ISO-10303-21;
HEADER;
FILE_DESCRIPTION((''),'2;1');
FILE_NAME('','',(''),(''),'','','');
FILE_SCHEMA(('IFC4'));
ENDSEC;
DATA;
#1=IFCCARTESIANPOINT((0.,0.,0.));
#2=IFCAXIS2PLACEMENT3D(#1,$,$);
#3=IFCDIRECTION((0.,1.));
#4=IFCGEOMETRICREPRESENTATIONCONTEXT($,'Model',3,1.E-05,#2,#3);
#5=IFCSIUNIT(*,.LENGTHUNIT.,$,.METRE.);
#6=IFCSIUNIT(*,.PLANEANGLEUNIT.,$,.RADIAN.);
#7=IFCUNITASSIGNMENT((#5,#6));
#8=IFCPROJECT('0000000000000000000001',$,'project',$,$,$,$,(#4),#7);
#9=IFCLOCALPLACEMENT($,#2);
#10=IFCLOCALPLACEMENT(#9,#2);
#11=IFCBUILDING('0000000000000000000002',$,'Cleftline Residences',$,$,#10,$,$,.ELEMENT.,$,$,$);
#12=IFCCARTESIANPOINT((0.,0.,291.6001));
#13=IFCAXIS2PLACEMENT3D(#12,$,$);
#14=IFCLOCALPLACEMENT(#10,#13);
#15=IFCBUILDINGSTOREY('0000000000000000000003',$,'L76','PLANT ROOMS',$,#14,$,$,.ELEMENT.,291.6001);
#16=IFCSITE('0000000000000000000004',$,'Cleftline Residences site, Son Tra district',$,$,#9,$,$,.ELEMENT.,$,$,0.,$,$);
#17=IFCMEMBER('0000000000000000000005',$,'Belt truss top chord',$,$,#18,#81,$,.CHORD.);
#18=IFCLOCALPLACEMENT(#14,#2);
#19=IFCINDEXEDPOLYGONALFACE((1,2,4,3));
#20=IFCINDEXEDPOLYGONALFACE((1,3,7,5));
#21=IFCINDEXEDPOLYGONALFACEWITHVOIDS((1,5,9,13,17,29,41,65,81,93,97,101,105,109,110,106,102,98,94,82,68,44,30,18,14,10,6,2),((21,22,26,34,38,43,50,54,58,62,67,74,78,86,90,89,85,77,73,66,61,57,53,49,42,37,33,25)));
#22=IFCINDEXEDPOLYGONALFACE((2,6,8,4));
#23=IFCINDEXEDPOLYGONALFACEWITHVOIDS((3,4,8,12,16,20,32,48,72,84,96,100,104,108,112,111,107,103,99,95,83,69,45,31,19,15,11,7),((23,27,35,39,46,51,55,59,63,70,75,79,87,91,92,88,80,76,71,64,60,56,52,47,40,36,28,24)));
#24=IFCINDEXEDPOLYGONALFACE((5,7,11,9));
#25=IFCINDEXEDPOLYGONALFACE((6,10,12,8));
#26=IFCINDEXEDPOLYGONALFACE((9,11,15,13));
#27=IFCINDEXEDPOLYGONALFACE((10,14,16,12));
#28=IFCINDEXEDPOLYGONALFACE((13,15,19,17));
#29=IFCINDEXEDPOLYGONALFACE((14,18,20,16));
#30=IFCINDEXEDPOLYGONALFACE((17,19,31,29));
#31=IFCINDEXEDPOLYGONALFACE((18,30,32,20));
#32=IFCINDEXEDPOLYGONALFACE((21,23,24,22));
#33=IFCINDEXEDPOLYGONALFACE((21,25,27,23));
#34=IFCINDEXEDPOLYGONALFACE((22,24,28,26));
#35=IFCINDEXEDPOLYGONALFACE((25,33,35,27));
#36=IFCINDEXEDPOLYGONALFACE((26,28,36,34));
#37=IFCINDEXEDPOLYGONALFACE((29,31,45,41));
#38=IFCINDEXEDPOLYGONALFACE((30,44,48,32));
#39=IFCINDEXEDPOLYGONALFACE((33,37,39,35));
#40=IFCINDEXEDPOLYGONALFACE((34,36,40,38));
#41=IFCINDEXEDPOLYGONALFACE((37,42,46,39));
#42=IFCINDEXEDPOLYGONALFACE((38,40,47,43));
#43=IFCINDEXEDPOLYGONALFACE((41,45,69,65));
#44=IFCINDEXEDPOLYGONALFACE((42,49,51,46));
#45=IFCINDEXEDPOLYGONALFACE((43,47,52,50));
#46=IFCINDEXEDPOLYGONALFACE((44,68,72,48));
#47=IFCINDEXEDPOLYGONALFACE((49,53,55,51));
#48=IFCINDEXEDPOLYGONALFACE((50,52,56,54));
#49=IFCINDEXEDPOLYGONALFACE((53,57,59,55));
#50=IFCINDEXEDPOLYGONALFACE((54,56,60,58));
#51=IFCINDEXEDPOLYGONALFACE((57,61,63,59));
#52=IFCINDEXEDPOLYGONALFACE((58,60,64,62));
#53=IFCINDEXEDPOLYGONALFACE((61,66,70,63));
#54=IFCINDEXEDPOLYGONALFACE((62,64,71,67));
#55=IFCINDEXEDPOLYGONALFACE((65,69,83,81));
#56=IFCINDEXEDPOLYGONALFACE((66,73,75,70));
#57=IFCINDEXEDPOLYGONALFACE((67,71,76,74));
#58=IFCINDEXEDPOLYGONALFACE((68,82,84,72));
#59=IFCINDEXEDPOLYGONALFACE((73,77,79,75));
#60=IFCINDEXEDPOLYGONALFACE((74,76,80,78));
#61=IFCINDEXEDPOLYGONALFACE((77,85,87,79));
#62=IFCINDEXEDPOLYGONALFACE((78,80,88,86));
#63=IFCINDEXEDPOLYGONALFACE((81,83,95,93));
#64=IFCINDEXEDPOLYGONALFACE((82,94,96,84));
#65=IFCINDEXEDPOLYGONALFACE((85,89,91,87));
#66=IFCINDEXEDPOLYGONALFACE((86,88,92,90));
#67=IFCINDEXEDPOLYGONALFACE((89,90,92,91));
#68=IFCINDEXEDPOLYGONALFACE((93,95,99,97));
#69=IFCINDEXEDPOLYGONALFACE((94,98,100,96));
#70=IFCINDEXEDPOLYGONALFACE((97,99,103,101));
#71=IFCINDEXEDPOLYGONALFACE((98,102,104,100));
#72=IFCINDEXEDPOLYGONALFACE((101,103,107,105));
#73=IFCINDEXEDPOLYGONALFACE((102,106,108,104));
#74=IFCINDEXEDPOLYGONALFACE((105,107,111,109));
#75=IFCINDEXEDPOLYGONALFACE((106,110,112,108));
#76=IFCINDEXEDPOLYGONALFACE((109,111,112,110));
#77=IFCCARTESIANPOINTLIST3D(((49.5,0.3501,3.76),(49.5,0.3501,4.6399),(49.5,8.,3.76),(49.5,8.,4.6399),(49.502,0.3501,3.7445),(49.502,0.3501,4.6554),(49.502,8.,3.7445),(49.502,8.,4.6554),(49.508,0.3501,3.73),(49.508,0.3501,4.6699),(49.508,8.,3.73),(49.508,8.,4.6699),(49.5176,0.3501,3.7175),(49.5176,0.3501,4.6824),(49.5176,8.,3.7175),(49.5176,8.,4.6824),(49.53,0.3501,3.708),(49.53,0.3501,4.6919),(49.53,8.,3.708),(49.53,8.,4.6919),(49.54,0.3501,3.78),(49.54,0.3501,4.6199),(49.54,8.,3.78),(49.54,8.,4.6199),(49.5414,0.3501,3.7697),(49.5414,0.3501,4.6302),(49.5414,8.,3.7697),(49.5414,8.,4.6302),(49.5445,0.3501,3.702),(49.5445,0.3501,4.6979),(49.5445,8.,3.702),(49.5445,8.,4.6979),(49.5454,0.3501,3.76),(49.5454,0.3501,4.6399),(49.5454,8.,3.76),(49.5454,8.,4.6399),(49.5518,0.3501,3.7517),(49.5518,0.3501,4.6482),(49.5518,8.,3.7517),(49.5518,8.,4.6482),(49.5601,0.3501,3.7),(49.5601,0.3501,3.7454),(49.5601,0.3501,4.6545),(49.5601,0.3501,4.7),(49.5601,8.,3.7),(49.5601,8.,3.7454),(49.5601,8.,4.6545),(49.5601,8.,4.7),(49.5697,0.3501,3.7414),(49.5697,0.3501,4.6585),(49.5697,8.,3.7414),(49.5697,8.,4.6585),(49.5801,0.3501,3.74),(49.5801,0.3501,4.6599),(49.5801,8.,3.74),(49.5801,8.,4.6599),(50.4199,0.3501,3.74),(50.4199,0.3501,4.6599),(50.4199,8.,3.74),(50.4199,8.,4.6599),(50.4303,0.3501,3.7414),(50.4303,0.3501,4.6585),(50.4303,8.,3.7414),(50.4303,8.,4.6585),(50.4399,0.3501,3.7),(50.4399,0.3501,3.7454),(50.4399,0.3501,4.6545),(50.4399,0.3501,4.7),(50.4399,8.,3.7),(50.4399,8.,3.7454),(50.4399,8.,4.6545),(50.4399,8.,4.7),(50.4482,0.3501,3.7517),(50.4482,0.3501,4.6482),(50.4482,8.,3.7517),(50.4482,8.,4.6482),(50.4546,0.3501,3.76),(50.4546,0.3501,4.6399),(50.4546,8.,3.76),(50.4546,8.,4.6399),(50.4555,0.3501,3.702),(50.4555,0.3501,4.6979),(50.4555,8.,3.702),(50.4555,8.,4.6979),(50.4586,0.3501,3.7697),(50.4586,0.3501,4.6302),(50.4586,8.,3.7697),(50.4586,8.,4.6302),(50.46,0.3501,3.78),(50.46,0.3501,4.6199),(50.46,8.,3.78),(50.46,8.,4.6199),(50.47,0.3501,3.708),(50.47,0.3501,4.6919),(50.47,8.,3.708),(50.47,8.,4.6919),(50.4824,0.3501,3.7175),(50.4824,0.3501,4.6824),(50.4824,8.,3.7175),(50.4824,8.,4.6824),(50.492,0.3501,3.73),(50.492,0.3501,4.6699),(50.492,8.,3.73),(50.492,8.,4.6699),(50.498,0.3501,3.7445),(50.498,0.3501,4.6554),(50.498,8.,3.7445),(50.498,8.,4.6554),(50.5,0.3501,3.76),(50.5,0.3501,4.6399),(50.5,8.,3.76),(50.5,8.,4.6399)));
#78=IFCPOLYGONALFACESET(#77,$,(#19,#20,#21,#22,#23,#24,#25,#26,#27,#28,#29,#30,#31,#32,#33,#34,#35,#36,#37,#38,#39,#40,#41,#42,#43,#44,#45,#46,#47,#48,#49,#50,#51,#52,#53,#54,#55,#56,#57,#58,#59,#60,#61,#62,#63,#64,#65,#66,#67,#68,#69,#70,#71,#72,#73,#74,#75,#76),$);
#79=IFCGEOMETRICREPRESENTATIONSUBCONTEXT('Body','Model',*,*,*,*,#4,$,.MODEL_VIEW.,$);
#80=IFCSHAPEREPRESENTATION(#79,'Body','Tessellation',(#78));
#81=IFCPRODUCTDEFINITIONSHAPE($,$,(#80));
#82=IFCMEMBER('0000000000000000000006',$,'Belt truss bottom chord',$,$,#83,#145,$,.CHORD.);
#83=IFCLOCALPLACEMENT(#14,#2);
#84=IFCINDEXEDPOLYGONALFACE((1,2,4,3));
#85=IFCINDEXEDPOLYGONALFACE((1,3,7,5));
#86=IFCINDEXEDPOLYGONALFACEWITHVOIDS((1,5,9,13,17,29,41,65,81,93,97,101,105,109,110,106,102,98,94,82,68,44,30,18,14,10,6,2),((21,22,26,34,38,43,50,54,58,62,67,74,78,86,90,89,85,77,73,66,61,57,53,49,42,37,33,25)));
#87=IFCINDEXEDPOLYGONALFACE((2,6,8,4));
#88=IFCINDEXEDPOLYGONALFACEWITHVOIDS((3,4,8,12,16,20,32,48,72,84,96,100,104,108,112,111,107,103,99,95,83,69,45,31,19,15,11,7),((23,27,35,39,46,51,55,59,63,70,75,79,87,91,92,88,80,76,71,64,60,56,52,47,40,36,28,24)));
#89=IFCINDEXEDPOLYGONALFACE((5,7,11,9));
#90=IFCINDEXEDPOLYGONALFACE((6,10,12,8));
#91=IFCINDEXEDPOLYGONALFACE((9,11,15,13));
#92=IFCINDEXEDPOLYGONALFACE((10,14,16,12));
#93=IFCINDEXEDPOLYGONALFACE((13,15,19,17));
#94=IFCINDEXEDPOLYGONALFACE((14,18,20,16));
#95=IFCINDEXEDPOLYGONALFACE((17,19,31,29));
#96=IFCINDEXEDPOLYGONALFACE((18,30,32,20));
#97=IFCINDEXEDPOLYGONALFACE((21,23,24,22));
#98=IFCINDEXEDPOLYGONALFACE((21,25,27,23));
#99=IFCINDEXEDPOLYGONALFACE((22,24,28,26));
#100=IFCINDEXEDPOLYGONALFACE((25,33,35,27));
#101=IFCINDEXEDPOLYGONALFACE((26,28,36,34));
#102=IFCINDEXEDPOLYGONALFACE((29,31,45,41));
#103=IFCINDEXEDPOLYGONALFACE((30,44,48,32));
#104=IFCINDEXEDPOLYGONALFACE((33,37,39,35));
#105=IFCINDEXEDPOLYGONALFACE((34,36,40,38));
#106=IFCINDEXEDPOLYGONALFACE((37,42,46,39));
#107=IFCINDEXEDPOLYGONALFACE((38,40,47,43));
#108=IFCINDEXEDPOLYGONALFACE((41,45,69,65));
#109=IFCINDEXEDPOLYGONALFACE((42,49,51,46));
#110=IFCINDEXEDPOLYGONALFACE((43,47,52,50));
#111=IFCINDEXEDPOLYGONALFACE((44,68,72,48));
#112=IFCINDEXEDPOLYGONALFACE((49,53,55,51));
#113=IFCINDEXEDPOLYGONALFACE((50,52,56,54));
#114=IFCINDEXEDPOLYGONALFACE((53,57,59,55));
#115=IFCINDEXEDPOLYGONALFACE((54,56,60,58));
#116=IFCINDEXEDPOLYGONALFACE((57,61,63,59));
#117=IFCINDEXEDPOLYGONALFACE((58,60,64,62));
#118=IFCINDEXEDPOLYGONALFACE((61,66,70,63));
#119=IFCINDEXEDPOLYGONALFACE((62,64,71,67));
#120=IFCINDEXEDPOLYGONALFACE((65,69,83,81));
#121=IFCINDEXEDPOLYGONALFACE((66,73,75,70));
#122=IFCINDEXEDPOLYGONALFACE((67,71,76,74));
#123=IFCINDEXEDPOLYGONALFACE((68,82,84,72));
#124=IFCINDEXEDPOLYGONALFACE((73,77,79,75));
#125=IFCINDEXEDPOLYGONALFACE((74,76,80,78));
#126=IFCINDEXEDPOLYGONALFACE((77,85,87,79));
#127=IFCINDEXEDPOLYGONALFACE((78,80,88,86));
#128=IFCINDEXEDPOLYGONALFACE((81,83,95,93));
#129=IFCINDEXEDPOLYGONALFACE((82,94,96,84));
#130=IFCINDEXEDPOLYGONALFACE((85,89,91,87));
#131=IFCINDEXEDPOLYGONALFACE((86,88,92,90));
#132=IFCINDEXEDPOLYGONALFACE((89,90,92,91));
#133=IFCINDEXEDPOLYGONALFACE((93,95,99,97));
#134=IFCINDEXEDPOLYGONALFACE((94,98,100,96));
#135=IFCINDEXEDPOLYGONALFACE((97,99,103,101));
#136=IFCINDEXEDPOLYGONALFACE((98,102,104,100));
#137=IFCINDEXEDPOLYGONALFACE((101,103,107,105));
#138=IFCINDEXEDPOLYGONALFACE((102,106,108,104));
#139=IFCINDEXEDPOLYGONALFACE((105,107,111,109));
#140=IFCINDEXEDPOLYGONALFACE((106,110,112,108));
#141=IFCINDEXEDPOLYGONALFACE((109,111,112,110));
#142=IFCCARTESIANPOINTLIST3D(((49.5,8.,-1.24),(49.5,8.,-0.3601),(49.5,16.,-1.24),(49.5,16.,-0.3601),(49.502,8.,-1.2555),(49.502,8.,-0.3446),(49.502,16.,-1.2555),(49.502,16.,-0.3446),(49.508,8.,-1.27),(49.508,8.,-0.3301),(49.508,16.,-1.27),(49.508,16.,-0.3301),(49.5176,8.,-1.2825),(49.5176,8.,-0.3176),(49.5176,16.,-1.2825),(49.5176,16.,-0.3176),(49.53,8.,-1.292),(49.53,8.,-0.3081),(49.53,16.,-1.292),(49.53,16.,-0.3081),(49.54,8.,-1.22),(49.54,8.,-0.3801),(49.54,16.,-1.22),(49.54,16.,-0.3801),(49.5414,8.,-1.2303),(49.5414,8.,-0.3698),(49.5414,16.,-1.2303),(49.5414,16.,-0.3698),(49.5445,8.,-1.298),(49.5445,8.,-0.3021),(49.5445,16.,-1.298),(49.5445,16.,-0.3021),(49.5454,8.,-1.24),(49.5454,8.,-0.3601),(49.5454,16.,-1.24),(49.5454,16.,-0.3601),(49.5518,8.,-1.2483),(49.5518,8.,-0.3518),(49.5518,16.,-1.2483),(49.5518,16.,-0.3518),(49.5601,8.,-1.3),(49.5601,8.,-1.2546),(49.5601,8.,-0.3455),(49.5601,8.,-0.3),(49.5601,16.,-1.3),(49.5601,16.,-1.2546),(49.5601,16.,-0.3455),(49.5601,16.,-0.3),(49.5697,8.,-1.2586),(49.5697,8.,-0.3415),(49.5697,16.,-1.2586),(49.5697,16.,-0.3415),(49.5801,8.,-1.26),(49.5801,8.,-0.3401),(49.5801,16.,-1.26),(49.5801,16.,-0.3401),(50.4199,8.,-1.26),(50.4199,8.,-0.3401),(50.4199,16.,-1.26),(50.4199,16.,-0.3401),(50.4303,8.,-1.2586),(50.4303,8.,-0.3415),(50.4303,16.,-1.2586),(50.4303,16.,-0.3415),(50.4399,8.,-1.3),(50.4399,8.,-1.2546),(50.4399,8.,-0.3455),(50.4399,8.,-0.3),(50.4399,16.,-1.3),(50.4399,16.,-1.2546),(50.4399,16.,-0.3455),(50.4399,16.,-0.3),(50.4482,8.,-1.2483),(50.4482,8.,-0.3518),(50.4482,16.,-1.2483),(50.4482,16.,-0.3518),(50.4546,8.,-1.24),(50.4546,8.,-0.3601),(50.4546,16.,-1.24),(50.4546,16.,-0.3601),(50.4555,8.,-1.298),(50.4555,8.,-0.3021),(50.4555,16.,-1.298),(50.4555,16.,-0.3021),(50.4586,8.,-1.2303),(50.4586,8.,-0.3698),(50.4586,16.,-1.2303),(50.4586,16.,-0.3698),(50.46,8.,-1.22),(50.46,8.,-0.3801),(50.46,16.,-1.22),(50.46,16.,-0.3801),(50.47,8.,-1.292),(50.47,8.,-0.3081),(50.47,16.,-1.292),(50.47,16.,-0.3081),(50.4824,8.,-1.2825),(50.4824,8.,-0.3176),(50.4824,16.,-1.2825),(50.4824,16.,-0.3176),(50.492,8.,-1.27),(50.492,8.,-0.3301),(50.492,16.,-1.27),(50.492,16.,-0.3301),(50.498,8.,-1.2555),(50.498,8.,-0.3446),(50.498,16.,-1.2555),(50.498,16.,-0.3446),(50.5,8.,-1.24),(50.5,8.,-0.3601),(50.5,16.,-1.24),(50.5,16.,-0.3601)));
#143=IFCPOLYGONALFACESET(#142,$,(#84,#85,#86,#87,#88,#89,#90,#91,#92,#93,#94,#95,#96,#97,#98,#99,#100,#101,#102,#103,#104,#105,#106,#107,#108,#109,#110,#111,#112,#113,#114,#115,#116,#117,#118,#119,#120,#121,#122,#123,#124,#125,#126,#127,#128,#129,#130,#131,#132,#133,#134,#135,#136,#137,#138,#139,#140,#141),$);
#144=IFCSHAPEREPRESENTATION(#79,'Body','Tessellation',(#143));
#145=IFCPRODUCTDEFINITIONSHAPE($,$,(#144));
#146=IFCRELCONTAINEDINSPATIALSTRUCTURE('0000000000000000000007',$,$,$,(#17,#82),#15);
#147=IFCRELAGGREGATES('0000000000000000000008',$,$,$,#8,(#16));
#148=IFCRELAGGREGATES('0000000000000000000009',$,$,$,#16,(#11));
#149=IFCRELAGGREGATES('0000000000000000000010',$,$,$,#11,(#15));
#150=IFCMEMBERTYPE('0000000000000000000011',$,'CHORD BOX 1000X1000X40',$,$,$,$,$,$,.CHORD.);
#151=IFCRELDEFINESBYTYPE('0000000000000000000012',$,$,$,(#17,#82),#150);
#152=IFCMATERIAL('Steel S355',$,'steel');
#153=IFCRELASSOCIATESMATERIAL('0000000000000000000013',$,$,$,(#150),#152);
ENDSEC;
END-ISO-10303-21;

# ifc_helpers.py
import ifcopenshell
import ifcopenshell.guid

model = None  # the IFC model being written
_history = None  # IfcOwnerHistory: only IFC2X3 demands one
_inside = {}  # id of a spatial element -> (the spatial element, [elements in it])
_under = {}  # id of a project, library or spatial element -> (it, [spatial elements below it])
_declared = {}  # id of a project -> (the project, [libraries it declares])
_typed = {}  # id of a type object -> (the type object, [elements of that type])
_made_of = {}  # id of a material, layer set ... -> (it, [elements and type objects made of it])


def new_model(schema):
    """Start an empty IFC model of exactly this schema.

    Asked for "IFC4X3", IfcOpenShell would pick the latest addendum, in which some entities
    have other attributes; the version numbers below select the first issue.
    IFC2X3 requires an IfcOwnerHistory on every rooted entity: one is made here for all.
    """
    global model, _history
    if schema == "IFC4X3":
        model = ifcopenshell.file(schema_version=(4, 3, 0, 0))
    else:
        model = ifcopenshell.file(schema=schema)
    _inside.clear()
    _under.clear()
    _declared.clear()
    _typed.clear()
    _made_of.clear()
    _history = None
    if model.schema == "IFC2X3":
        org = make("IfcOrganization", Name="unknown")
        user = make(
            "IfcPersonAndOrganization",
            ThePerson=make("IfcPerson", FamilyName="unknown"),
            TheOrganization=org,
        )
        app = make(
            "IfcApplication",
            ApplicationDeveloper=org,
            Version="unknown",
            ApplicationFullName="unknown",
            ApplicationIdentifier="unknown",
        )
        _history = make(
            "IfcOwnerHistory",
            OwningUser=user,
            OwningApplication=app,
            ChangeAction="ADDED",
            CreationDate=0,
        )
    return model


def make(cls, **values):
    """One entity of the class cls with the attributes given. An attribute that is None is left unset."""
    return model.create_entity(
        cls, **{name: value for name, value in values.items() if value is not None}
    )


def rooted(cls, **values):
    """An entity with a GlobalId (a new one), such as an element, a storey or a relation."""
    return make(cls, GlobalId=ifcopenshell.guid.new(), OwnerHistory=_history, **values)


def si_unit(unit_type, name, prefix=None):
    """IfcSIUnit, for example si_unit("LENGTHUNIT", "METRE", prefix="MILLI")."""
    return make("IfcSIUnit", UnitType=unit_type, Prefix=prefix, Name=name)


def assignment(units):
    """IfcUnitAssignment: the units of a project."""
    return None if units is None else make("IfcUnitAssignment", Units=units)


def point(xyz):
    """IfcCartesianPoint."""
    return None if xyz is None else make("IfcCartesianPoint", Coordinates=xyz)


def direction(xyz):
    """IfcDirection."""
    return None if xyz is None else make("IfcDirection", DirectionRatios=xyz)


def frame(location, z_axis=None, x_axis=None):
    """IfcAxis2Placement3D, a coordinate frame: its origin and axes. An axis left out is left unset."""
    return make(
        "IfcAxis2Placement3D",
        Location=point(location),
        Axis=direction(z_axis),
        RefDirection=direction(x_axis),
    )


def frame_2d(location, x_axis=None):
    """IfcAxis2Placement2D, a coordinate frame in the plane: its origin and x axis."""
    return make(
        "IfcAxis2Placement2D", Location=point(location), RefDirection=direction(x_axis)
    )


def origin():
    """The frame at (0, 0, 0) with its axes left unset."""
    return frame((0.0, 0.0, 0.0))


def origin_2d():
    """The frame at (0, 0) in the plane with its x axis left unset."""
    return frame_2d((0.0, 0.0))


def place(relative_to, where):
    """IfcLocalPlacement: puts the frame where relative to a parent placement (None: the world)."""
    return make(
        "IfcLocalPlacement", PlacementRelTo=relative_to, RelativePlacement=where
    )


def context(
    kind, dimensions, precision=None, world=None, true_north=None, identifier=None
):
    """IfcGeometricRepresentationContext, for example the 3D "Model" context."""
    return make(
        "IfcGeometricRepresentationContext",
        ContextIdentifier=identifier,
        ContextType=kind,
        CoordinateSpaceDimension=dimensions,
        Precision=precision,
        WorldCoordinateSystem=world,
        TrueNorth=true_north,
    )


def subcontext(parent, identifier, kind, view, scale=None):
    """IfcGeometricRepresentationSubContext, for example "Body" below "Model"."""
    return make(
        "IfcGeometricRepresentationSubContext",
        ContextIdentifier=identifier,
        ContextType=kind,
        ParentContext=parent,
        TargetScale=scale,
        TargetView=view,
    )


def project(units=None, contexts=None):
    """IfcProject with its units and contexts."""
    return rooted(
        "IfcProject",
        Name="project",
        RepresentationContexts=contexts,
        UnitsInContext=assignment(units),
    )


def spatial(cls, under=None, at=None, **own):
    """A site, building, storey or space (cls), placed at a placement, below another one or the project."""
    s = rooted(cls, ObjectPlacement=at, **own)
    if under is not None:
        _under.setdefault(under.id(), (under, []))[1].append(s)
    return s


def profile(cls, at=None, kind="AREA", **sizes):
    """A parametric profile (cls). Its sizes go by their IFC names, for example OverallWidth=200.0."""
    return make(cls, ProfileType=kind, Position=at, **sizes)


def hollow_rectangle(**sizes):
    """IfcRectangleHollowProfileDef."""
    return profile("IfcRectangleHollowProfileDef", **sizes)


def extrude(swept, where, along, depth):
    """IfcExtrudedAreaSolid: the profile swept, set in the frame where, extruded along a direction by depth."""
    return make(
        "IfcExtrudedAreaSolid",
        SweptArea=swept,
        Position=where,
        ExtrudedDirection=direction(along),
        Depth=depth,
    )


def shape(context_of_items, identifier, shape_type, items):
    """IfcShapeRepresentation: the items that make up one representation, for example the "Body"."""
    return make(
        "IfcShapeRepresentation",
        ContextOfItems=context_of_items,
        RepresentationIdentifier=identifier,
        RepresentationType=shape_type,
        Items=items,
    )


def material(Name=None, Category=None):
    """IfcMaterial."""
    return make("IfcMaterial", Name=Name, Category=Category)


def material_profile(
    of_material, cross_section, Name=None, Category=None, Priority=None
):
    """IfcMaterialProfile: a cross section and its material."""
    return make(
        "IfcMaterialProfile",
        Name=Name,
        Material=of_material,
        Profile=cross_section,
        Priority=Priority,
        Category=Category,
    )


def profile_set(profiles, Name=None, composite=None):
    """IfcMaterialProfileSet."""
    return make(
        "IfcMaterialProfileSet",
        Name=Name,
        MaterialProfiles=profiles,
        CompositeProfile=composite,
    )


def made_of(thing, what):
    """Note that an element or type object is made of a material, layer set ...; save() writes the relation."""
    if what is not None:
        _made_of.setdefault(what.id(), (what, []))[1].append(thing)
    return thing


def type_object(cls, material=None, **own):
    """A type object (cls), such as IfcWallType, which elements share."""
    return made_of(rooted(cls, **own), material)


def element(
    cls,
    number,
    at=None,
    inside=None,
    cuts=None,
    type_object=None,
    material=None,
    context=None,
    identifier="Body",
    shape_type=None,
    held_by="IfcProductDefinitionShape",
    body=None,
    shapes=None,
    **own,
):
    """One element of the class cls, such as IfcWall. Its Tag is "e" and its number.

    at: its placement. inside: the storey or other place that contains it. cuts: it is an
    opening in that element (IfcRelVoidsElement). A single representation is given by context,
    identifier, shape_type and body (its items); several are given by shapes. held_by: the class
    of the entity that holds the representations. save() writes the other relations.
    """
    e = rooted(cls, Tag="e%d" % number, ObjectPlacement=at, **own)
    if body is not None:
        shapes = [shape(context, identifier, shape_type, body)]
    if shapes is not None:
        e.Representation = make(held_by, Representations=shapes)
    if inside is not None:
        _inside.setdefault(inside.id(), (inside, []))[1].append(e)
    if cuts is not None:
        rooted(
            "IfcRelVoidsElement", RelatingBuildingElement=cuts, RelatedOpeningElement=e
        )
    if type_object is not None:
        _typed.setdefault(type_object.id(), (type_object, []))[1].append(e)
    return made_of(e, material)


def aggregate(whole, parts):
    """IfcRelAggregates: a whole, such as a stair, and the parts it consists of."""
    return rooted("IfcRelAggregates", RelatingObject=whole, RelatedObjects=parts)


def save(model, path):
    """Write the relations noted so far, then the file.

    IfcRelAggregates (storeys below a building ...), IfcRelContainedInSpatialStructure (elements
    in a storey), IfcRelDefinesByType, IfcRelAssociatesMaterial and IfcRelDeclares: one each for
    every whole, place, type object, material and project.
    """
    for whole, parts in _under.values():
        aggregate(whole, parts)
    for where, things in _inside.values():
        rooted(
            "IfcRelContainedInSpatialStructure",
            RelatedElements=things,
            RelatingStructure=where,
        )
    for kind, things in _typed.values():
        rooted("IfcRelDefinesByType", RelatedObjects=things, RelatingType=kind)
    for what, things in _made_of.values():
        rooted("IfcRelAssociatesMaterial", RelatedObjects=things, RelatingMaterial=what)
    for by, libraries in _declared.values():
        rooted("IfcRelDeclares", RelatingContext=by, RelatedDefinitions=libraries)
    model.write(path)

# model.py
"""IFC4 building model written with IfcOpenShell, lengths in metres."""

from ifc_helpers import new_model, si_unit, direction, frame, origin, origin_2d, place, context, subcontext, project, spatial, hollow_rectangle, extrude, material, material_profile, profile_set, type_object, element, save


model = new_model("IFC4")

# Units and contexts
model_context = context("Model", 3, precision=1e-05, world=origin(), true_north=direction((0.0, 1.0)))
body_context = subcontext(model_context, "Body", "Model", "MODEL_VIEW")
ifc_project = project(units=[si_unit("LENGTHUNIT", "METRE"), si_unit("PLANEANGLEUNIT", "RADIAN")], contexts=[model_context])

# Site, building, storey
site_placement = place(None, origin())
site = spatial("IfcSite", under=ifc_project, at=site_placement, Name="Cleftline Residences site, Son Tra district", CompositionType="ELEMENT", RefElevation=0.0)
building_placement = place(site_placement, origin())
building = spatial("IfcBuilding", under=site, at=building_placement, Name="Cleftline Residences", CompositionType="ELEMENT")
storey_placement = place(building_placement, frame((0.0, 0.0, 291.6001)))
storey = spatial("IfcBuildingStorey", under=building, at=storey_placement, Name="L76", Description="PLANT ROOMS", CompositionType="ELEMENT", Elevation=291.6001)

# Members
ifc_material_1 = material(Name="Steel S355", Category="steel")
ifc_material_profile_1 = material_profile(ifc_material_1, hollow_rectangle(XDim=1.0, YDim=1.0, WallThickness=0.04, InnerFilletRadius=0.04, OuterFilletRadius=0.0601, at=origin_2d()))
ifc_profile_set_1 = profile_set([ifc_material_profile_1], Name="Steel S355")
member_type_1 = type_object("IfcMemberType", Name="CHORD BOX 1000X1000X40", PredefinedType="CHORD", material=ifc_profile_set_1)
for number, where, z_axis, x_axis, name in (
    (1, (50.0, 0.3501, 4.2), (0.0, 1.0, 0.0), (-1.0, 0.0, 0.0), "Belt truss top chord"),
):
    element("IfcMember", number, at=place(storey_placement, frame(where, z_axis=z_axis, x_axis=x_axis)), inside=storey, type_object=member_type_1, Name=name, PredefinedType="CHORD", context=body_context, shape_type="SweptSolid", body=[
        extrude(hollow_rectangle(XDim=1.0, YDim=1.0, WallThickness=0.04, InnerFilletRadius=0.04, OuterFilletRadius=0.0601, at=origin_2d()), origin(), (0.0, 0.0, 1.0), 7.6499),
    ])
for number, where, z_axis, x_axis, name in (
    (2, (50.0, 8.0, -0.8), (0.0, 1.0, 0.0), (-1.0, 0.0, 0.0), "Belt truss bottom chord"),
):
    element("IfcMember", number, at=place(storey_placement, frame(where, z_axis=z_axis, x_axis=x_axis)), inside=storey, type_object=member_type_1, Name=name, PredefinedType="CHORD", context=body_context, shape_type="SweptSolid", body=[
        extrude(hollow_rectangle(XDim=1.0, YDim=1.0, WallThickness=0.04, InnerFilletRadius=0.04, OuterFilletRadius=0.0601, at=origin_2d()), origin(), (0.0, 0.0, 1.0), 8.0),
    ])

save(model, "model.ifc")
